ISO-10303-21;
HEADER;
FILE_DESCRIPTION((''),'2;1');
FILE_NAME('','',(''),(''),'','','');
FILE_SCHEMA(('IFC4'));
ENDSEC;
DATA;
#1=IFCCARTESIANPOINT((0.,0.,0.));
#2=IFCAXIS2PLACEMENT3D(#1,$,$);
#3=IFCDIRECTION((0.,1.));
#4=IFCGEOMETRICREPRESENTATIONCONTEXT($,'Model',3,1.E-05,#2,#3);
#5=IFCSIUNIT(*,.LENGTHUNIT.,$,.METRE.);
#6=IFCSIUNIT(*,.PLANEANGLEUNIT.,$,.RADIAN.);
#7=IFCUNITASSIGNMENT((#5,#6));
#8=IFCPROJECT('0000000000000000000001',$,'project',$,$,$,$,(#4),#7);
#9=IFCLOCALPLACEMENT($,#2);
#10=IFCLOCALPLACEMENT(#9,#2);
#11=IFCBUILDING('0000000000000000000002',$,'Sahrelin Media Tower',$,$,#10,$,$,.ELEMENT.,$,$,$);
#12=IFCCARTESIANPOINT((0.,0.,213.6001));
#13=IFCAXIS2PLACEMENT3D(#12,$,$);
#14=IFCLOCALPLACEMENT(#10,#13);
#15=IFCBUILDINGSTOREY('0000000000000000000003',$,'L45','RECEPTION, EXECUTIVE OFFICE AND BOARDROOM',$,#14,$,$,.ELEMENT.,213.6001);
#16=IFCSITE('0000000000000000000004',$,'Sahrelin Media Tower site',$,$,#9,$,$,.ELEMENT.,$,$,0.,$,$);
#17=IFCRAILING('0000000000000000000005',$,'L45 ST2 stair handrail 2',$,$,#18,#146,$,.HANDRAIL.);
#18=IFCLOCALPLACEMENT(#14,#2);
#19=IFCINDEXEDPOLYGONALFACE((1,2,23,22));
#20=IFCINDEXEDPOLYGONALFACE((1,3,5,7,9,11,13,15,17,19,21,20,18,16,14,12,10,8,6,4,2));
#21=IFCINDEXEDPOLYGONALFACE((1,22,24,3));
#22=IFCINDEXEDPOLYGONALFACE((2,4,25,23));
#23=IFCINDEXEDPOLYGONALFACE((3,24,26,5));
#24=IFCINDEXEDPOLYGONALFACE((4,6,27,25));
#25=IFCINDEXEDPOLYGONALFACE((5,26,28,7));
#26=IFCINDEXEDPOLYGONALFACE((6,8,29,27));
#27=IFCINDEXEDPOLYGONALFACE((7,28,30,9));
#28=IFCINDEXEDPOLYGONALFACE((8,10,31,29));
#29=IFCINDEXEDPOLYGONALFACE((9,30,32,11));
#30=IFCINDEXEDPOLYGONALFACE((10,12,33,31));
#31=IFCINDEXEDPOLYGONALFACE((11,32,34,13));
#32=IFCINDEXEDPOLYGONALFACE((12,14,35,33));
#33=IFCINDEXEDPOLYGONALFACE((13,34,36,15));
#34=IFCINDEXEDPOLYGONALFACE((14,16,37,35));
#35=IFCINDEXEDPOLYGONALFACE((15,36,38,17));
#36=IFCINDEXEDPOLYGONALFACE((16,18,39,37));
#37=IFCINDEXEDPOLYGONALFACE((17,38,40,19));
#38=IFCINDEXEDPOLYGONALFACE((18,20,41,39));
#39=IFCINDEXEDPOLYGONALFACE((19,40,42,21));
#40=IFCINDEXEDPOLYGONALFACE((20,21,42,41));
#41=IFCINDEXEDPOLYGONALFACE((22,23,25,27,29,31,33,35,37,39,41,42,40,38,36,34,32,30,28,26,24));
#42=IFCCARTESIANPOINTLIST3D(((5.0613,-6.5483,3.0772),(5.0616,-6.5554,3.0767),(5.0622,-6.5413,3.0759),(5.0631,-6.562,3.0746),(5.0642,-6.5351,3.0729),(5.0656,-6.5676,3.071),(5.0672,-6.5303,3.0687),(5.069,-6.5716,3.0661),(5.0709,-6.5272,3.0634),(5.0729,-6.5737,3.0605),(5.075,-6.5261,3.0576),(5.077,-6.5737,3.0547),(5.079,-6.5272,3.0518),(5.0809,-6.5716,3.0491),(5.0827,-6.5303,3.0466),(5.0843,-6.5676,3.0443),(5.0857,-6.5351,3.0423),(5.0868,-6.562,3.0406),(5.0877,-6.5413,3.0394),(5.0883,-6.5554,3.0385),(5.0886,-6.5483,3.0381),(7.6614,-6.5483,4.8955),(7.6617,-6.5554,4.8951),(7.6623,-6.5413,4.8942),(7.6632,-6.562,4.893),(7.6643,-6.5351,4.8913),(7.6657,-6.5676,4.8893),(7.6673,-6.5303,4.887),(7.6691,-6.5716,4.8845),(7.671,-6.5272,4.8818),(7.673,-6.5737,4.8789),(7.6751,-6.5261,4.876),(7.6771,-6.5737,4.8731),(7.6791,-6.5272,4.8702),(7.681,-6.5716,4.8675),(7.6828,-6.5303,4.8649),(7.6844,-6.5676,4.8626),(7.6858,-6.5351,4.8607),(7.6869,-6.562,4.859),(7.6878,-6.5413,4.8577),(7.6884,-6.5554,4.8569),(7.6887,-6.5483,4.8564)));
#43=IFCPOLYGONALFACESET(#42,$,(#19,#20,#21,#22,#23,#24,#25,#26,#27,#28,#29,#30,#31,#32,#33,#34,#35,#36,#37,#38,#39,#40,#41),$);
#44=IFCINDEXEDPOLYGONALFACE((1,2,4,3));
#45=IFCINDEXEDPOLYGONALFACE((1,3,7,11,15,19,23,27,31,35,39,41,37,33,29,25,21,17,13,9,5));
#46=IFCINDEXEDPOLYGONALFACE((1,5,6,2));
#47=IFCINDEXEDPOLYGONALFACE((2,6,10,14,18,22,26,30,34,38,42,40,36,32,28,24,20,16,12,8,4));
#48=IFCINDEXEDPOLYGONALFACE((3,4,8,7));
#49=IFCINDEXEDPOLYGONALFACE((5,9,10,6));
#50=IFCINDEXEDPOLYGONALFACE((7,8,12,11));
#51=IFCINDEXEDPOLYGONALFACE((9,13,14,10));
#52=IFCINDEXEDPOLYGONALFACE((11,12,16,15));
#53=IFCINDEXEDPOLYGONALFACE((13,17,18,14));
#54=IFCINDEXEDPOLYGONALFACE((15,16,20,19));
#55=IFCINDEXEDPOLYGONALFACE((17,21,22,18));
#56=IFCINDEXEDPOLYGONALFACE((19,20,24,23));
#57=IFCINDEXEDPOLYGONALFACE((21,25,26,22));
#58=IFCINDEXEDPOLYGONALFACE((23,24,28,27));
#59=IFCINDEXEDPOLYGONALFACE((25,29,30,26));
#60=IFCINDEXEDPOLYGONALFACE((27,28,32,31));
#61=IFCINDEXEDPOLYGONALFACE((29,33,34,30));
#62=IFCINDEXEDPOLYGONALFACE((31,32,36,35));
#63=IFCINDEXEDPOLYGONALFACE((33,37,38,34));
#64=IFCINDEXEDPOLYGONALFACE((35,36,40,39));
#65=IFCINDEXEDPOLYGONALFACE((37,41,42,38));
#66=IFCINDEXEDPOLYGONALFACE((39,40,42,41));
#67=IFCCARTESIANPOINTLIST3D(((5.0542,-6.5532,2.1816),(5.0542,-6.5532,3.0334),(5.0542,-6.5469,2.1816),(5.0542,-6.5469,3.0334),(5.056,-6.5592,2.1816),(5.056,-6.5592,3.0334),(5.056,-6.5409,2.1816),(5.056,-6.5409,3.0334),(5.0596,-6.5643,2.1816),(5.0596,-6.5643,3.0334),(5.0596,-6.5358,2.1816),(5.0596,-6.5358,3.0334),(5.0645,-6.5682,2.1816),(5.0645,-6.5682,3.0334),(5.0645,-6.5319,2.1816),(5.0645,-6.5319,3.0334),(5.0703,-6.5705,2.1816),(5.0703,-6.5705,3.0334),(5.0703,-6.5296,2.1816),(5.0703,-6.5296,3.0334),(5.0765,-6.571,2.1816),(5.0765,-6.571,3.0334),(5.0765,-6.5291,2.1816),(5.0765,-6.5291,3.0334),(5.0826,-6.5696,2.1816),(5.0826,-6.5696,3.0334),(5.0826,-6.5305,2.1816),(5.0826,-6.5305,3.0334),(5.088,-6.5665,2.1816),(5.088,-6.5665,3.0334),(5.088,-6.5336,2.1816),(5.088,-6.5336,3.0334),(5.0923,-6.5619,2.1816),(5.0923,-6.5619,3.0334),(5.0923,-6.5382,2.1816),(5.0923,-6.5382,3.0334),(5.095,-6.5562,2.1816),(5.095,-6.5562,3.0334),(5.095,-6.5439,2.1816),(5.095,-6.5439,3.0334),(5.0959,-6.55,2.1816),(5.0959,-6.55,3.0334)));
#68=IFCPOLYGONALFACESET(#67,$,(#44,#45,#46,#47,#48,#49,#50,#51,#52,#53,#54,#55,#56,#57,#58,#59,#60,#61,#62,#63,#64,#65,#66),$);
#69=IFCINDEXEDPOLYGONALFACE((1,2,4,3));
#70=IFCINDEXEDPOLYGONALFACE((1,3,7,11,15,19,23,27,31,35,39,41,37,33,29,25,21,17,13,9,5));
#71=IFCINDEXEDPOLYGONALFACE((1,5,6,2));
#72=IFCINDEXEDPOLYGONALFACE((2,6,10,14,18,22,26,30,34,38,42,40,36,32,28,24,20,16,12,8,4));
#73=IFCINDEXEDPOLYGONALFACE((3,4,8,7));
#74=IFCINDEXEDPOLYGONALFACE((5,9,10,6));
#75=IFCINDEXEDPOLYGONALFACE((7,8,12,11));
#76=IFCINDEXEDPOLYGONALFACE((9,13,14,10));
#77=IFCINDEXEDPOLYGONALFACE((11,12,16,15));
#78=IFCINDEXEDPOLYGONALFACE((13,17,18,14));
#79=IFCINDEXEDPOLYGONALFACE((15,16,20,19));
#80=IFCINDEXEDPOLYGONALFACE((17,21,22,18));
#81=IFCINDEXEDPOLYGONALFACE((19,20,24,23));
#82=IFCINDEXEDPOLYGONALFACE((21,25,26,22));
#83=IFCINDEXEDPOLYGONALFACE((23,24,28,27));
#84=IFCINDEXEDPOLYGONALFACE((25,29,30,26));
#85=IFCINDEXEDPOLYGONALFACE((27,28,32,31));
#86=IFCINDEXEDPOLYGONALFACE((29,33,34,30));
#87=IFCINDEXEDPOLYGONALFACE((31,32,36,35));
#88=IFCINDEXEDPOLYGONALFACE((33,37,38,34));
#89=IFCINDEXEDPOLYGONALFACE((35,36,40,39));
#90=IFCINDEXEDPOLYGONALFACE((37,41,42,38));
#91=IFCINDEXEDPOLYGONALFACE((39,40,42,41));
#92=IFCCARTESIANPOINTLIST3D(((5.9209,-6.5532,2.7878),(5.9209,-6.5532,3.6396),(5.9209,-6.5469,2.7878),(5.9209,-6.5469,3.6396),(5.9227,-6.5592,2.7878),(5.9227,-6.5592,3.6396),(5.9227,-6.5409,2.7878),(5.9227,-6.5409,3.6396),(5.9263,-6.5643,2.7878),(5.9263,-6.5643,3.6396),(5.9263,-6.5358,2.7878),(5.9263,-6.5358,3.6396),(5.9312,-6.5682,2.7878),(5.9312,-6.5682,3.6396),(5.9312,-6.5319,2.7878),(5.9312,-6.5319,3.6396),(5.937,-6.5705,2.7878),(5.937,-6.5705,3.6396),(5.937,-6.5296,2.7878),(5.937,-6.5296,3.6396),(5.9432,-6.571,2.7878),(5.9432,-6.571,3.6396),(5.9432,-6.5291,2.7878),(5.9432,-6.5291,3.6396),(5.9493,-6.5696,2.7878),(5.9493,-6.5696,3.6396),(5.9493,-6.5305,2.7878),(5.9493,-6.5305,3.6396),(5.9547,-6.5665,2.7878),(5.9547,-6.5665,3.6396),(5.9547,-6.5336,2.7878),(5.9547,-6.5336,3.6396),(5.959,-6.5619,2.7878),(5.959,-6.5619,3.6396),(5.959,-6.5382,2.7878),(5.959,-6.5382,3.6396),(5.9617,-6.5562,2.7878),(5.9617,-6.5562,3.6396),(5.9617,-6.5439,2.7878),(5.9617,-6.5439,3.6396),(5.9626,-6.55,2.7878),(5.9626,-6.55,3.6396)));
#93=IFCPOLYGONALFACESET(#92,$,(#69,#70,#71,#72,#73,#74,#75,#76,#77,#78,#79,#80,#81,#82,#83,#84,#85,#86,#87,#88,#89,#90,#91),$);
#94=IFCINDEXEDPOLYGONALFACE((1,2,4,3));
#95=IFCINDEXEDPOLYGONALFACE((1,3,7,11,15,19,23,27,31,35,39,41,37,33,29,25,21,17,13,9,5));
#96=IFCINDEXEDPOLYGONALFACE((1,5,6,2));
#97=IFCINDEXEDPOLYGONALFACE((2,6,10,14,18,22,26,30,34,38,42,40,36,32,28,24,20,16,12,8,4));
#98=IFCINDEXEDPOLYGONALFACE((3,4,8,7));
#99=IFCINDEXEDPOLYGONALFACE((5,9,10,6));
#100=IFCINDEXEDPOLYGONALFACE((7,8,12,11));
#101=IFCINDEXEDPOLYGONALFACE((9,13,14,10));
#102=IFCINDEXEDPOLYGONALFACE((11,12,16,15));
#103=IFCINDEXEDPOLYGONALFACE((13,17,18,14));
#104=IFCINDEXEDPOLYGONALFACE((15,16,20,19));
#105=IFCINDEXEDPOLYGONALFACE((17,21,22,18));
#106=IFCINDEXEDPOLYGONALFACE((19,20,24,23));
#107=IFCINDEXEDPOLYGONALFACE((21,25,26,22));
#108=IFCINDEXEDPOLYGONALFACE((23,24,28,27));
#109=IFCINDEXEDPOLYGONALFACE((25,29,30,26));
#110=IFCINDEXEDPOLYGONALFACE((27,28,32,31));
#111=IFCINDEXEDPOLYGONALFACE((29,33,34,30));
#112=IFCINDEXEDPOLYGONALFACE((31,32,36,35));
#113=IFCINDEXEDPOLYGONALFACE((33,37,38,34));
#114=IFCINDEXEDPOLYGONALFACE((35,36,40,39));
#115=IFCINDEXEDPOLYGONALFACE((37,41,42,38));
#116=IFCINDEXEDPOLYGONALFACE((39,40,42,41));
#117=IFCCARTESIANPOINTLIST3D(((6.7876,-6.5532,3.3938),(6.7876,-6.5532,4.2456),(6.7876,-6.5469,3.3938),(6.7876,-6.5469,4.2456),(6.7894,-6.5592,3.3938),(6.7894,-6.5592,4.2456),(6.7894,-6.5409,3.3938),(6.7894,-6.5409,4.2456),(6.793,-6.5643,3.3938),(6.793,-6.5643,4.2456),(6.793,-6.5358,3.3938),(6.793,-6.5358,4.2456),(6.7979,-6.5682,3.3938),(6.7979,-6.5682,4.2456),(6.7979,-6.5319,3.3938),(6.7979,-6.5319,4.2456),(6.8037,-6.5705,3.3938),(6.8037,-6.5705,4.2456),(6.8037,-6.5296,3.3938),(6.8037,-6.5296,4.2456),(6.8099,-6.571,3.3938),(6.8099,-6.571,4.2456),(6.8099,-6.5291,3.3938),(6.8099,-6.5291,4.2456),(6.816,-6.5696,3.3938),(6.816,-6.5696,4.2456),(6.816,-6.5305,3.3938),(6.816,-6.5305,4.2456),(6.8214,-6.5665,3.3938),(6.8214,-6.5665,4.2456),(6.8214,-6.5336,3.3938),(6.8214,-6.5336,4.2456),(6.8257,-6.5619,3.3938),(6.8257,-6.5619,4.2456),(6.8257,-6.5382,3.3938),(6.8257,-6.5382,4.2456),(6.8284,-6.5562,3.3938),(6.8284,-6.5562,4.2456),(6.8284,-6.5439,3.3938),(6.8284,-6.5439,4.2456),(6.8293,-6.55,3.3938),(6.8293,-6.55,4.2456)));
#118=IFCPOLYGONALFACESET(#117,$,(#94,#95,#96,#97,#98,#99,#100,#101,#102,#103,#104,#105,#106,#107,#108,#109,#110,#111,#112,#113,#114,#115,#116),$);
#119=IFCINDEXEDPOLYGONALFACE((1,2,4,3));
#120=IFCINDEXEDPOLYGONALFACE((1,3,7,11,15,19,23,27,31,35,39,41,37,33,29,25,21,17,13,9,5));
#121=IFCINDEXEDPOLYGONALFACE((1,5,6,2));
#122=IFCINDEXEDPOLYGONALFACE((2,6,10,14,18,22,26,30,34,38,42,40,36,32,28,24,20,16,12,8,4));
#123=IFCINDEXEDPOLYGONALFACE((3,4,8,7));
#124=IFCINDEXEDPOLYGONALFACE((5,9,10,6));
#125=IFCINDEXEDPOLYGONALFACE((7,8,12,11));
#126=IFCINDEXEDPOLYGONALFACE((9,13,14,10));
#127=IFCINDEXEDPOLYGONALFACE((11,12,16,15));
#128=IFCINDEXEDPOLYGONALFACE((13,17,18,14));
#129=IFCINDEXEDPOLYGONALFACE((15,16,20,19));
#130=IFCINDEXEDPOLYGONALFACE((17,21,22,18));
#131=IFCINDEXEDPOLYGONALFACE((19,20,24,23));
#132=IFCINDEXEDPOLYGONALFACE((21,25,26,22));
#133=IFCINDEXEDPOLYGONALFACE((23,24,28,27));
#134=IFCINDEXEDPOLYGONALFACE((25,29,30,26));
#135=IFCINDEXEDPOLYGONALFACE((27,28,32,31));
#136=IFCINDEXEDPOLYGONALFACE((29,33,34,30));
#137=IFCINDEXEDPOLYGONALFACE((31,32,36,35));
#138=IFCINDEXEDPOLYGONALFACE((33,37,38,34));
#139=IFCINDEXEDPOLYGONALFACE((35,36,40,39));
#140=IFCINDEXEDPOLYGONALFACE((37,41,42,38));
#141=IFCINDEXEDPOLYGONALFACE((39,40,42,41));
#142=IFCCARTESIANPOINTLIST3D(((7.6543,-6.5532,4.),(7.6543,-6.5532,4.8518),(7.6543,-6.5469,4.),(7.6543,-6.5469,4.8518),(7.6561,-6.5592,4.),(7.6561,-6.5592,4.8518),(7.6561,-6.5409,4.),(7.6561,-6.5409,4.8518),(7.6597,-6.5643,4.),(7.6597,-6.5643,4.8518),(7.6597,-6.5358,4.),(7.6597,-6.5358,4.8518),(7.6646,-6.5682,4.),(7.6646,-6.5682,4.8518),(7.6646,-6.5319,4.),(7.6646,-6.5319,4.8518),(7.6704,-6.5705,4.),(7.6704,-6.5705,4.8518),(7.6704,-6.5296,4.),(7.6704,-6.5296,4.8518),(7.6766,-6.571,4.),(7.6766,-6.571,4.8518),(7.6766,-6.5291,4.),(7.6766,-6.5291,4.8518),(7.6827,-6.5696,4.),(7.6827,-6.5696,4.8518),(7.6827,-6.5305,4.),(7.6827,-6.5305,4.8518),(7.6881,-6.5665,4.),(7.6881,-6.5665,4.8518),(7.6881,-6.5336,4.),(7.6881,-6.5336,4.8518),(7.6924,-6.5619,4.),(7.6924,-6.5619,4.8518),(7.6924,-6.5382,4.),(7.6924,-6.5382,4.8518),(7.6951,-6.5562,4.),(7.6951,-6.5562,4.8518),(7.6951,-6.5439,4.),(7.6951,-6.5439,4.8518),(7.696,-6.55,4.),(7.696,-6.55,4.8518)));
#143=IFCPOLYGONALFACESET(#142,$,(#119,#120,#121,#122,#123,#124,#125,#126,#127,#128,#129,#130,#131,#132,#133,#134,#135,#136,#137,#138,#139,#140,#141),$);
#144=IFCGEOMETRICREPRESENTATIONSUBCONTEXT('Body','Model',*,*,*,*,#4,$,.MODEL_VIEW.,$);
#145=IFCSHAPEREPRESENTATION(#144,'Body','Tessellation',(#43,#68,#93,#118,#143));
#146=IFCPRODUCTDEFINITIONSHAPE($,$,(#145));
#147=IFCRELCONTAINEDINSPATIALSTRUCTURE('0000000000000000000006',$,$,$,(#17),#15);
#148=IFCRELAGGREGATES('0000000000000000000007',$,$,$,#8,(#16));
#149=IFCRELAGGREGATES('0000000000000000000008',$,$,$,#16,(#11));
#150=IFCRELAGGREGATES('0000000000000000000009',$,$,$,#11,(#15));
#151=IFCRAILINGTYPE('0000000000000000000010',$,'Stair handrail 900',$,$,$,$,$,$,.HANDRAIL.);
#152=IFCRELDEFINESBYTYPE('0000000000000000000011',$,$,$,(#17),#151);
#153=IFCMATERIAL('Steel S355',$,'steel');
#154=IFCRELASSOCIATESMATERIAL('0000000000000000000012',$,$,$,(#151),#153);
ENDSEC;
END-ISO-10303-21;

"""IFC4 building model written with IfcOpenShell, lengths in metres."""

from ifc_helpers import new_model, si_unit, direction, frame, origin, origin_2d, place, context, subcontext, project, spatial, circle, extrude, material, type_object, element, save


model = new_model("IFC4")

# Units and contexts
model_context = context("Model", 3, precision=1e-05, world=origin(), true_north=direction((0.0, 1.0)))
body_context = subcontext(model_context, "Body", "Model", "MODEL_VIEW")
ifc_project = project(units=[si_unit("LENGTHUNIT", "METRE"), si_unit("PLANEANGLEUNIT", "RADIAN")], contexts=[model_context])

# Site, building, storey
site_placement = place(None, origin())
site = spatial("IfcSite", under=ifc_project, at=site_placement, Name="Sahrelin Media Tower site", CompositionType="ELEMENT", RefElevation=0.0)
building_placement = place(site_placement, origin())
building = spatial("IfcBuilding", under=site, at=building_placement, Name="Sahrelin Media Tower", CompositionType="ELEMENT")
storey_placement = place(building_placement, frame((0.0, 0.0, 213.6001)))
storey = spatial("IfcBuildingStorey", under=building, at=storey_placement, Name="L45", Description="RECEPTION, EXECUTIVE OFFICE AND BOARDROOM", CompositionType="ELEMENT", Elevation=213.6001)

# Shared definitions
ifc_material_1 = material(Name="Steel S355", Category="steel")

# Railing
railing_type_1 = type_object("IfcRailingType", Name="Stair handrail 900", PredefinedType="HANDRAIL", material=ifc_material_1)
railing_1_placement = place(storey_placement, frame((5.075, -6.55, 2.1816)))
element("IfcRailing", 1, at=railing_1_placement, inside=storey, type_object=railing_type_1, Name="L45 ST2 stair handrail 2", PredefinedType="HANDRAIL", context=body_context, shape_type="SweptSolid", body=[
    extrude(circle(Radius=0.0239, at=origin_2d()), frame((0.0, 0.0, 0.876), z_axis=(0.819485, 0.0, 0.573101), x_axis=(0.0, 1.0, 0.0)), (0.0, 0.0, 1.0), 3.1729),
    extrude(circle(Radius=0.021, at=origin_2d()), origin(), (0.0, 0.0, 1.0), 0.8518),
    extrude(circle(Radius=0.021, at=origin_2d()), frame((0.8667, 0.0, 0.6062)), (0.0, 0.0, 1.0), 0.8518),
    extrude(circle(Radius=0.021, at=origin_2d()), frame((1.7334, 0.0, 1.2122)), (0.0, 0.0, 1.0), 0.8518),
    extrude(circle(Radius=0.021, at=origin_2d()), frame((2.6001, 0.0, 1.8184)), (0.0, 0.0, 1.0), 0.8518),
])

save(model, "model.ifc")
